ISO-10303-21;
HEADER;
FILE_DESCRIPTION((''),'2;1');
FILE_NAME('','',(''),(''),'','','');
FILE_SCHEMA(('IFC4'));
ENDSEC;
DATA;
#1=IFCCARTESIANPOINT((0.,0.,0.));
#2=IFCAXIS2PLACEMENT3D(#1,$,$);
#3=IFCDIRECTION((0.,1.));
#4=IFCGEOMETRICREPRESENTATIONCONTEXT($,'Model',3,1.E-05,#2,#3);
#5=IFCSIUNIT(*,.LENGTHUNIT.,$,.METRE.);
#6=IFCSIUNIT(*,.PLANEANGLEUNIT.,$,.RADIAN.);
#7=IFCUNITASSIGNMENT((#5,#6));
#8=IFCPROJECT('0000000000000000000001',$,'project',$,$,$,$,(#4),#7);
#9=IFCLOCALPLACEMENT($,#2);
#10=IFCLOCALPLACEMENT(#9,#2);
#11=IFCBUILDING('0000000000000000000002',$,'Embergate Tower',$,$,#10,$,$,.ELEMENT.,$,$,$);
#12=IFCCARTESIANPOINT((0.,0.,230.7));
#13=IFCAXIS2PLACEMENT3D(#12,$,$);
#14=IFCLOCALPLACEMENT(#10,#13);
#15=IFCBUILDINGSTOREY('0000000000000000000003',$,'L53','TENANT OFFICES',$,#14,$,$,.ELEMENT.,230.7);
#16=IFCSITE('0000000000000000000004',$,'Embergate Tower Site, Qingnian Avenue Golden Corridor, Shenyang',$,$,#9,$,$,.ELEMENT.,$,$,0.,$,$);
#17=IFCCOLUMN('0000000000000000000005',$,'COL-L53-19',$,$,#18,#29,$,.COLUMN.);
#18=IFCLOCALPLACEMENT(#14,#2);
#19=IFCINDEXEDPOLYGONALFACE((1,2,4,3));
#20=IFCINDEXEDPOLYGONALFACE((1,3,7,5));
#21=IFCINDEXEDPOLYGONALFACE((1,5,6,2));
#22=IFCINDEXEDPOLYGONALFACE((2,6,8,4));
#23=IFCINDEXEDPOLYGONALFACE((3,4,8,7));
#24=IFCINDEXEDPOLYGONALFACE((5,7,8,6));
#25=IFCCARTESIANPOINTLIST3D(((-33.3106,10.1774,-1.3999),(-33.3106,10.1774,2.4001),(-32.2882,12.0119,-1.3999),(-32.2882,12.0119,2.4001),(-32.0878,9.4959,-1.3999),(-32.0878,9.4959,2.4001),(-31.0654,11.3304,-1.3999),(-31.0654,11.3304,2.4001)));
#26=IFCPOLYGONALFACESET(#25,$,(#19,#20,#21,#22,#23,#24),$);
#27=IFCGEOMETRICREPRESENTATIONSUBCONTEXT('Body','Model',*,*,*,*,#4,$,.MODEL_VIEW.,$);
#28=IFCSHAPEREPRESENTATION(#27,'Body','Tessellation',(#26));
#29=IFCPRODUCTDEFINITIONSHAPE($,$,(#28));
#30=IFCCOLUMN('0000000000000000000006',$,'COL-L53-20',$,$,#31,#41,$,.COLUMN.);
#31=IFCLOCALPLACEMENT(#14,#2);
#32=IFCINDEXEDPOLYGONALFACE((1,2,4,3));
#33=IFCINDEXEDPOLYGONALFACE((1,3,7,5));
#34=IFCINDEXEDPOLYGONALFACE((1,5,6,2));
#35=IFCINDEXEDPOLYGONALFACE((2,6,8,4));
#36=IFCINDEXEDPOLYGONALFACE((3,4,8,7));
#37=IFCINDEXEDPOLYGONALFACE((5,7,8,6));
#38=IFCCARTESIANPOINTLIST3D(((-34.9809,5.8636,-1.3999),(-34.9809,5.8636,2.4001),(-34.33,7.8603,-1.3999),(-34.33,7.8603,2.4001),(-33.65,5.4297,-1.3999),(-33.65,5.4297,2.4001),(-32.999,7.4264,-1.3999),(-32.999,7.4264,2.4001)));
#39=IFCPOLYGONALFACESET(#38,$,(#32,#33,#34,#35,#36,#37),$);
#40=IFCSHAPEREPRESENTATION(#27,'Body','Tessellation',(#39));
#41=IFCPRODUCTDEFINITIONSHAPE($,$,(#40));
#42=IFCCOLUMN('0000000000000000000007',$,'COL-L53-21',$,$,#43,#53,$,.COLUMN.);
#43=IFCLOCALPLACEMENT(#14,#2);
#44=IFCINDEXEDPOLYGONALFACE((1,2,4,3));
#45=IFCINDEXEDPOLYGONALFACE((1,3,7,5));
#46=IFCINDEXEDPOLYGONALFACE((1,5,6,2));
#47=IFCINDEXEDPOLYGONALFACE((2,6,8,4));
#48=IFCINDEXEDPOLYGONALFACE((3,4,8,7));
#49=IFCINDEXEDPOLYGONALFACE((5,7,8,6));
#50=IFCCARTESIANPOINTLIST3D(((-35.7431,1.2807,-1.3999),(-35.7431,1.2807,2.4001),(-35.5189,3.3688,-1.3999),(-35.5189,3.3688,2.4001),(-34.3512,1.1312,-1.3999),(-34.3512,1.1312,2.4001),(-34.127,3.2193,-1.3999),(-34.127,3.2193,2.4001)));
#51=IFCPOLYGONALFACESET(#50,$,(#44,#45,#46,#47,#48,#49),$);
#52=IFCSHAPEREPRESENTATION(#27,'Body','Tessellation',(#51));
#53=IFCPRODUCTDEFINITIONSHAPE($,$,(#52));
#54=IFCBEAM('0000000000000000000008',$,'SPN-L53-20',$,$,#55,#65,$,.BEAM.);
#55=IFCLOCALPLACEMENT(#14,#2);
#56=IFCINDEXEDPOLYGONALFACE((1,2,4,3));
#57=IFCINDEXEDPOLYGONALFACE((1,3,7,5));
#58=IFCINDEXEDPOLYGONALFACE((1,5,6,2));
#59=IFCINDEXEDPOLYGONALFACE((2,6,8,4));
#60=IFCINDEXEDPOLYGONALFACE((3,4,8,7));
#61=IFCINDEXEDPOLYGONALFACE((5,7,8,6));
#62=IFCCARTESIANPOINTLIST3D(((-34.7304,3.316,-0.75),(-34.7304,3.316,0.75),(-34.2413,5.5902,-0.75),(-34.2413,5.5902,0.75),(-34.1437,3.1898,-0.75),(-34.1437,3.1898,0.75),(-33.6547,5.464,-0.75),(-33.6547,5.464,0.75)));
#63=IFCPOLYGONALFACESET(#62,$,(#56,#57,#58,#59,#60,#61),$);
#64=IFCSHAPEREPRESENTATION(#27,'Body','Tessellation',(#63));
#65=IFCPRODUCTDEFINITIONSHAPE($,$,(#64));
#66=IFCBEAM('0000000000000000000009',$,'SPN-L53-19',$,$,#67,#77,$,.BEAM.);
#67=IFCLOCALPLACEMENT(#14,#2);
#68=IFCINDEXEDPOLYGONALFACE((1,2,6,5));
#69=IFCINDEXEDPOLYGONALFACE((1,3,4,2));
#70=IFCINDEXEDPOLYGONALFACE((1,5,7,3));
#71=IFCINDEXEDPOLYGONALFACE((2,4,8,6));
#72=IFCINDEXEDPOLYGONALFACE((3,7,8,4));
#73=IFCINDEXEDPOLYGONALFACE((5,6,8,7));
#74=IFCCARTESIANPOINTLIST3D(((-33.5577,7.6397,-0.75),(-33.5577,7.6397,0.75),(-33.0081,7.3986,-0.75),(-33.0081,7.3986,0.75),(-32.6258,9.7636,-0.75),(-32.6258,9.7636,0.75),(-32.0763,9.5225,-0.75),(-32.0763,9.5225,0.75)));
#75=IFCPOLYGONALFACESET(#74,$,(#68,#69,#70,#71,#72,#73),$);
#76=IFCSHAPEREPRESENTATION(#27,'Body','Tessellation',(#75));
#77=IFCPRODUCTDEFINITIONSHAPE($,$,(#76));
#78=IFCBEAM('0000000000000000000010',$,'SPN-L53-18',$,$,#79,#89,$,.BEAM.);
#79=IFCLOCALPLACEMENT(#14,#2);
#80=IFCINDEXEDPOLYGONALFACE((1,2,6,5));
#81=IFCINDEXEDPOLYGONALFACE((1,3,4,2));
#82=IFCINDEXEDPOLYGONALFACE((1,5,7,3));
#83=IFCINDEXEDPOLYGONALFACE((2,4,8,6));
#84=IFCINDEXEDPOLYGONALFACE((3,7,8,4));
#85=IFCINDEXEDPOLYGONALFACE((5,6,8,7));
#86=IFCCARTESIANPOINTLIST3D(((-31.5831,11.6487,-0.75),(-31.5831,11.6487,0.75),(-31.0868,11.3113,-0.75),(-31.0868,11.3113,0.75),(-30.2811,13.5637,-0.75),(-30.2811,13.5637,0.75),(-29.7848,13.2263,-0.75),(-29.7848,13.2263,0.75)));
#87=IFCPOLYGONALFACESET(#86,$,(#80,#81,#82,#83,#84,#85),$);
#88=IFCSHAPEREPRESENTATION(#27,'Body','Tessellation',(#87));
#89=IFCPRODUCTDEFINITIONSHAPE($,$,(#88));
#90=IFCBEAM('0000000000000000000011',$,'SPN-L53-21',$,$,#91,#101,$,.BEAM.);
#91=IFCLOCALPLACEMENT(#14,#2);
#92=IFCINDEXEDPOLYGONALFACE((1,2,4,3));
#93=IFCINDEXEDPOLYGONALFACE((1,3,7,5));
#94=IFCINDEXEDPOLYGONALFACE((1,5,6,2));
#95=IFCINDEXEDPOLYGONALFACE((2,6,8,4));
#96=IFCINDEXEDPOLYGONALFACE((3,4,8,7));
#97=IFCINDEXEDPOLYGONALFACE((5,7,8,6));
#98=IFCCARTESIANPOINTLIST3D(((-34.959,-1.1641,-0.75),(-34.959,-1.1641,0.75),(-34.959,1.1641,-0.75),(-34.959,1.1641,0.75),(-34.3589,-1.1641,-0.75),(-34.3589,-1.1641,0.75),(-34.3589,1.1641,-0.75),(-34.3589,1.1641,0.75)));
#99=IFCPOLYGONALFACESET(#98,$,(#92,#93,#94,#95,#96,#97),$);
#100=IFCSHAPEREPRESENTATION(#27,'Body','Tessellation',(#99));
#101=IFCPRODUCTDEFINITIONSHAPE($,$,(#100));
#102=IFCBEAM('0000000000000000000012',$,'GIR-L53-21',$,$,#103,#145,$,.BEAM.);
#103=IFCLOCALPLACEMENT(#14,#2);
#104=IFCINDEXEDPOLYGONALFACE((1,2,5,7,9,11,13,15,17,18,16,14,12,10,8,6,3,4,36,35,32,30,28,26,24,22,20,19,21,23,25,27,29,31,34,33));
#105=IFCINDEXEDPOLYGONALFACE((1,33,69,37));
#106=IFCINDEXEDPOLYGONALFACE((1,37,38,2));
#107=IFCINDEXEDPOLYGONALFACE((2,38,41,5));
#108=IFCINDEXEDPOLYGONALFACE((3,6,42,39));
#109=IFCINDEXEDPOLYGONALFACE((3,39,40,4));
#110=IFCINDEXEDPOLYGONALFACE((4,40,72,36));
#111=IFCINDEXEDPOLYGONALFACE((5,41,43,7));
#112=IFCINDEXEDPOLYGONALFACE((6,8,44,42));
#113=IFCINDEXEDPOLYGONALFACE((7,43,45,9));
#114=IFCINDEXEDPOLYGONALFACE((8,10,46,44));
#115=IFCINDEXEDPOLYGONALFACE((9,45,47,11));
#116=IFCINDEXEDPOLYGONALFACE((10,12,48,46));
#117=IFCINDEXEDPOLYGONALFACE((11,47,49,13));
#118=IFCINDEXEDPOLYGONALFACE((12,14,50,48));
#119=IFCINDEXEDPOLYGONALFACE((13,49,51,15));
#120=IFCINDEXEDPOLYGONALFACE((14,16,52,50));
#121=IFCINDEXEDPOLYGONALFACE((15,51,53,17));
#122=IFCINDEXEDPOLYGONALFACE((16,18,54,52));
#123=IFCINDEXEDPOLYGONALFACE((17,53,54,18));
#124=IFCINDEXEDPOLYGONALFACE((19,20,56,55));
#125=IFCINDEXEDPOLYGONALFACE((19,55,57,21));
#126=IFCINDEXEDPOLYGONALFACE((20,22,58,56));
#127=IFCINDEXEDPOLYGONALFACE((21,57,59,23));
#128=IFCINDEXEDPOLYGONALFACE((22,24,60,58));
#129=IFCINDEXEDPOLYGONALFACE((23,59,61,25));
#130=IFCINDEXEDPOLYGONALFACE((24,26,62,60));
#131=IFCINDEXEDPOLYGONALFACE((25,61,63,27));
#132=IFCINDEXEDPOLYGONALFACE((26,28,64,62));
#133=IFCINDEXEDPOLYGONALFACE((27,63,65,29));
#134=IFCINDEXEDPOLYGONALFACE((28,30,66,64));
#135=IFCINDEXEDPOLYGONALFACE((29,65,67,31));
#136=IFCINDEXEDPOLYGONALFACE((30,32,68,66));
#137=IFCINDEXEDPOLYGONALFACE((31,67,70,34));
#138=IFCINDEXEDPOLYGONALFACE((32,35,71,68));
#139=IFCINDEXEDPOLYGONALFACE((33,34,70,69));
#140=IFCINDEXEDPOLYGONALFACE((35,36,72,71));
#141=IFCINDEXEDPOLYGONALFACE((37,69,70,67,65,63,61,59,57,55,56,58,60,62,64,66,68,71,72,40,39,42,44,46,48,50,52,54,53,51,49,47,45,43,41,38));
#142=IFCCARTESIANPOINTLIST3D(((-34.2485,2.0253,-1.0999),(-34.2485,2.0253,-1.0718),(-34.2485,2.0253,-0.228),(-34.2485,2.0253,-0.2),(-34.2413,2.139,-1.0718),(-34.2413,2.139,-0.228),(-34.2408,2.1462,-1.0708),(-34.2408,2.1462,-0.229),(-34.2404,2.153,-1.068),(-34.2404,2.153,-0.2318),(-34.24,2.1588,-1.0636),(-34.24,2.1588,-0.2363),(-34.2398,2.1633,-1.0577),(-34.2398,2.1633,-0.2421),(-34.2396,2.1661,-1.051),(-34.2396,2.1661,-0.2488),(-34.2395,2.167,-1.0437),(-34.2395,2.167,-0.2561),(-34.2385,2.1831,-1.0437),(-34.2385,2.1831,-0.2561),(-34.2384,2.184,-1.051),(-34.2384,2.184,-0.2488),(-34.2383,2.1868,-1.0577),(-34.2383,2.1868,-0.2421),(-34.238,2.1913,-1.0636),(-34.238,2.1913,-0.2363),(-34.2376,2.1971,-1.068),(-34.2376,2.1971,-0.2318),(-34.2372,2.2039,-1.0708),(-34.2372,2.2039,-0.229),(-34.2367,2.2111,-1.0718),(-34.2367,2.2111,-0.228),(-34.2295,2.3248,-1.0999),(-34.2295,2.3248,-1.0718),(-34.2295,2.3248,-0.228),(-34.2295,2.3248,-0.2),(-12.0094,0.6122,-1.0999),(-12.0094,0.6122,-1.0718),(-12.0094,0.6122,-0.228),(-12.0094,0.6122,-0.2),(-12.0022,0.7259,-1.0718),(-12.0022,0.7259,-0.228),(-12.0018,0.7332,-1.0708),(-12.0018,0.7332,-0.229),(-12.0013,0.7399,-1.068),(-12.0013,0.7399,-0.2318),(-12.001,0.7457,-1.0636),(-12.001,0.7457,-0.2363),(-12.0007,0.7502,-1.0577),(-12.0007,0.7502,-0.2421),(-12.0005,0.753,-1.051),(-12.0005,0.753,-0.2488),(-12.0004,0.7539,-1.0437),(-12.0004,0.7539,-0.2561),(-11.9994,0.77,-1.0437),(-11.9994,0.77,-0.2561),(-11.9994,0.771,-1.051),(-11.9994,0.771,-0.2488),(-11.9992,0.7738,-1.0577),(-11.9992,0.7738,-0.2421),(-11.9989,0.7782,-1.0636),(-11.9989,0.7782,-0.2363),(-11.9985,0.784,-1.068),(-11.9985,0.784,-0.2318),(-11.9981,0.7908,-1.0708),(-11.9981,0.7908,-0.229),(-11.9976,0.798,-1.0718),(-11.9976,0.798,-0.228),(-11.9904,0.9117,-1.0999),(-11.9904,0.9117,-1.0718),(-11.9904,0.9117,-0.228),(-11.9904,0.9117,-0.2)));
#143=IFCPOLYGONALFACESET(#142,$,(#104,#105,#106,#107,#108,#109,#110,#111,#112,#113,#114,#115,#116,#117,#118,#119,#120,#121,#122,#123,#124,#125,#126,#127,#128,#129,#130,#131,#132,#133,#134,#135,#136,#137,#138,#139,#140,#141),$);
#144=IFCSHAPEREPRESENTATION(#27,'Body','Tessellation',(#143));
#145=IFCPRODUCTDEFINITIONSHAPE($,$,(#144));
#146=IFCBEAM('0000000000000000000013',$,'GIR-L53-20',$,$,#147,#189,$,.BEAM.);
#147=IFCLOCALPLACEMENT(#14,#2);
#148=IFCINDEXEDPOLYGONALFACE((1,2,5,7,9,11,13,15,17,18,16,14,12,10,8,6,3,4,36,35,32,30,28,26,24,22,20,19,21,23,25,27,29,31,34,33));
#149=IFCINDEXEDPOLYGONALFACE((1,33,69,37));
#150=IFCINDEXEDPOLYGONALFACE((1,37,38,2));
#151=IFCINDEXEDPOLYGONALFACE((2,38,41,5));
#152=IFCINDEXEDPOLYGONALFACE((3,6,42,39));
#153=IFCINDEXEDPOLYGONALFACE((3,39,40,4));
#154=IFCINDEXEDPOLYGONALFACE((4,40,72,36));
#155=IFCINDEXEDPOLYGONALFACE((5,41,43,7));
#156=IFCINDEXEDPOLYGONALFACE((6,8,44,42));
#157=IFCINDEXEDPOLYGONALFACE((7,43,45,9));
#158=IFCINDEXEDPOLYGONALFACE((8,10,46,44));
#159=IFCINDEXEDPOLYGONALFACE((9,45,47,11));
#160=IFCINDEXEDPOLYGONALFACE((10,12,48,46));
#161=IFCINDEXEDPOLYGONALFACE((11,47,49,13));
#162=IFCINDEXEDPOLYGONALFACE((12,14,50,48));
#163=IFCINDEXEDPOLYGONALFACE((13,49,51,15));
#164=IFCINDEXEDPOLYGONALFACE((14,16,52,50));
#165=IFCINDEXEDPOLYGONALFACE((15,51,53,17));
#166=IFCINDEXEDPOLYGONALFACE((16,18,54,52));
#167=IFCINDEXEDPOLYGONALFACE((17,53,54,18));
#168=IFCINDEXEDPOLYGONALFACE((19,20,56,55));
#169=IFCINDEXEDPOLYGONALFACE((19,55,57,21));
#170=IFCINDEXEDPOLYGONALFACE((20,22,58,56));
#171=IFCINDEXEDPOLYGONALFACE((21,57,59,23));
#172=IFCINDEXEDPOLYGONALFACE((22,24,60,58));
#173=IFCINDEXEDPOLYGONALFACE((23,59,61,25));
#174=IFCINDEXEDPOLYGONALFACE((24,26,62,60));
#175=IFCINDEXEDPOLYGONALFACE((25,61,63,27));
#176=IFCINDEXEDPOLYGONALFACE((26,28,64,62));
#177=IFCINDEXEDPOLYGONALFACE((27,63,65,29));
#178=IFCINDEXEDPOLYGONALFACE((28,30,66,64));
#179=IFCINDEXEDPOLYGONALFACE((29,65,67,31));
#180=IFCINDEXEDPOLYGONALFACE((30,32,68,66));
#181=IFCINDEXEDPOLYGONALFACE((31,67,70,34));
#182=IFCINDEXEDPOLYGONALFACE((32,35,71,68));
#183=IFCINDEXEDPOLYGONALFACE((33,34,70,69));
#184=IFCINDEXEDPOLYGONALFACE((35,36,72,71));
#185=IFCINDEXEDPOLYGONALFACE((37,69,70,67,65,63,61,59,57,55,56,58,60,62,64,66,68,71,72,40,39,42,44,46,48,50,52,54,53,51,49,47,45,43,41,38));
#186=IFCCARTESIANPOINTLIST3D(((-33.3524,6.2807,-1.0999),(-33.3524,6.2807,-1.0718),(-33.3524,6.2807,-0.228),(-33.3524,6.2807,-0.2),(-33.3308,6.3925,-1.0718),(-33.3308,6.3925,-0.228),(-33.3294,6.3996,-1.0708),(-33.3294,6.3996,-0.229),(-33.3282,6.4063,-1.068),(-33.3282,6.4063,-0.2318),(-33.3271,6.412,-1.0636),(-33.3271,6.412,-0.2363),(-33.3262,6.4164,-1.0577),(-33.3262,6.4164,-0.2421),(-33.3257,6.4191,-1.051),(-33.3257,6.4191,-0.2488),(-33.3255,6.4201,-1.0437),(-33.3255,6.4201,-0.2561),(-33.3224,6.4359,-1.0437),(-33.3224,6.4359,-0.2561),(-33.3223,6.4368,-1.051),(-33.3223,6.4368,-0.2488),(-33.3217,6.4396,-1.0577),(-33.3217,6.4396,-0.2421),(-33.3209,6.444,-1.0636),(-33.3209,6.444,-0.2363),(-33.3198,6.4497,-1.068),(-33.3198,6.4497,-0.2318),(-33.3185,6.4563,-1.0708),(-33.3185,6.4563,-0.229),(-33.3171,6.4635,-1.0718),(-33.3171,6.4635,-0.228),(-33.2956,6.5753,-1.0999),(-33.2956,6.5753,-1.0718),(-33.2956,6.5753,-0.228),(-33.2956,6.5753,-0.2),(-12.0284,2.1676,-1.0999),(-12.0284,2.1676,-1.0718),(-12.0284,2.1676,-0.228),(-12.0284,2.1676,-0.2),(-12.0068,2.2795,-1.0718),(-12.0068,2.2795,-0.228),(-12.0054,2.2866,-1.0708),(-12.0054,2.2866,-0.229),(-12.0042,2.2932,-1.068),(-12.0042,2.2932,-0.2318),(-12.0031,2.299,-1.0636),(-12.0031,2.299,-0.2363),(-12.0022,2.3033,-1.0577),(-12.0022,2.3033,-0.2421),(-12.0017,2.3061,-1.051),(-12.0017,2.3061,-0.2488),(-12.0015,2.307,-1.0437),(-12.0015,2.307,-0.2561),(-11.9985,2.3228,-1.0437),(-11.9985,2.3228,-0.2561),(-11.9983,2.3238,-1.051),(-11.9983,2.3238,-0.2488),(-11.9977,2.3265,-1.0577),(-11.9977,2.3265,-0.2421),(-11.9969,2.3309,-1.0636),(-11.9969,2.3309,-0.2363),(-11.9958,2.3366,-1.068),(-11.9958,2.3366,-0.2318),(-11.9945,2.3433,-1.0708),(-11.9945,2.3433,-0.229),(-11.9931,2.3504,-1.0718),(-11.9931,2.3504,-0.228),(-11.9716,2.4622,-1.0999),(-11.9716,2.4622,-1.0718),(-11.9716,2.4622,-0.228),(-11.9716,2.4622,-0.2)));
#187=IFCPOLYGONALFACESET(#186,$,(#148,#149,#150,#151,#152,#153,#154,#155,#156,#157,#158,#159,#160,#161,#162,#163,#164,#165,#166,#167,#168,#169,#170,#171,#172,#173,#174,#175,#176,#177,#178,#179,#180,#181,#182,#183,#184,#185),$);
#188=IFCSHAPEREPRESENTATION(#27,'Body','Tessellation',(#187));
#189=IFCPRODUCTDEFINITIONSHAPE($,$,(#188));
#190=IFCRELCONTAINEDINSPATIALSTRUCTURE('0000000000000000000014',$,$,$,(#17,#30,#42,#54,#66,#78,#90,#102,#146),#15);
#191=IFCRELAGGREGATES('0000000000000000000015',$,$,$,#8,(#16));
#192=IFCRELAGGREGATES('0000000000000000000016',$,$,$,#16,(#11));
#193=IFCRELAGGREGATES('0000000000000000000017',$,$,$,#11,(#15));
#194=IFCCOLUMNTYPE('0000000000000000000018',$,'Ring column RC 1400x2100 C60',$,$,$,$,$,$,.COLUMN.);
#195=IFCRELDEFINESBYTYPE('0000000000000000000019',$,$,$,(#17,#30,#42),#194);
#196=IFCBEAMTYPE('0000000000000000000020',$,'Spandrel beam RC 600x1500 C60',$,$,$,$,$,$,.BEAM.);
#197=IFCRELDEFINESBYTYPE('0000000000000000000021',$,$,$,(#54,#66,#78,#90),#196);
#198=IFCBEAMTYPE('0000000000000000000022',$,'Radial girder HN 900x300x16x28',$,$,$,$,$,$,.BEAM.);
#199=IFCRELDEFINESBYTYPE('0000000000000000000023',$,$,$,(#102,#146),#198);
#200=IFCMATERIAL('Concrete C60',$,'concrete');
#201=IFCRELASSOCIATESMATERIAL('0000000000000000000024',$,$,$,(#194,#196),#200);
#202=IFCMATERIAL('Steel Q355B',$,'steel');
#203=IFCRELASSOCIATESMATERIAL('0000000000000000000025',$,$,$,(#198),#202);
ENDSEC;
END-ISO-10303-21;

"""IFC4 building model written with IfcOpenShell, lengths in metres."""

from ifc_helpers import new_model, si_unit, direction, frame, origin, origin_2d, place, context, subcontext, project, spatial, rectangle, i_section, extrude, source, transform, mapped, material, material_profile, profile_set, type_object, element, save


model = new_model("IFC4")

# Units and contexts
model_context = context("Model", 3, precision=1e-05, world=origin(), true_north=direction((0.0, 1.0)))
body_context = subcontext(model_context, "Body", "Model", "MODEL_VIEW")
ifc_project = project(units=[si_unit("LENGTHUNIT", "METRE"), si_unit("PLANEANGLEUNIT", "RADIAN")], contexts=[model_context])

# Site, building, storey
site_placement = place(None, origin())
site = spatial("IfcSite", under=ifc_project, at=site_placement, Name="Embergate Tower Site, Qingnian Avenue Golden Corridor, Shenyang", CompositionType="ELEMENT", RefElevation=0.0)
building_placement = place(site_placement, origin())
building = spatial("IfcBuilding", under=site, at=building_placement, Name="Embergate Tower", CompositionType="ELEMENT")
storey_placement = place(building_placement, frame((0.0, 0.0, 230.7)))
storey = spatial("IfcBuildingStorey", under=building, at=storey_placement, Name="L53", Description="TENANT OFFICES", CompositionType="ELEMENT", Elevation=230.7)

# Columns
ifc_material_1 = material(Name="Concrete C60", Category="concrete")
ifc_material_profile_1 = material_profile(ifc_material_1, rectangle(XDim=1.3999, YDim=2.1001, at=origin_2d()), Name="RC 1400x2100")
ifc_profile_set_1 = profile_set([ifc_material_profile_1], Name="Concrete C60")
column_type = type_object("IfcColumnType", Name="Ring column RC 1400x2100 C60", PredefinedType="COLUMN", material=ifc_profile_set_1)
shared_shape_1 = source(origin(), body_context, "Body", "SweptSolid", [
    extrude(rectangle(XDim=1.3999, YDim=2.1001, at=origin_2d()), origin(), (0.0, 0.0, 1.0), 3.8),
])
for number, where, z_axis, x_axis, name in (
    (1, (-32.188, 10.7539, -1.3999), (0.0, 0.0, 1.0), (-0.8735, 0.486823, 0.0), "COL-L53-19"),
    (2, (-33.99, 6.645, -1.3999), (0.0, 0.0, 1.0), (-0.950754, 0.309946, 0.0), "COL-L53-20"),
    (3, (-34.9351, 2.25, -1.3999), (0.0, 0.0, 1.0), (-0.994286, 0.10675, 0.0), "COL-L53-21"),
):
    element("IfcColumn", number, at=place(storey_placement, frame(where, z_axis=z_axis, x_axis=x_axis)), inside=storey, type_object=column_type, Name=name, PredefinedType="COLUMN", context=body_context, shape_type="MappedRepresentation", body=[
        mapped(shared_shape_1, transform((0.0, 0.0, 0.0))),
    ])

# Beams
ifc_material_profile_2 = material_profile(ifc_material_1, rectangle(XDim=0.6001, YDim=1.5, at=origin_2d()), Name="RC 600x1500")
ifc_profile_set_2 = profile_set([ifc_material_profile_2], Name="Concrete C60")
beam_type_1 = type_object("IfcBeamType", Name="Spandrel beam RC 600x1500 C60", PredefinedType="BEAM", material=ifc_profile_set_2)
shared_shape_2 = source(origin(), body_context, "Body", "SweptSolid", [
    extrude(rectangle(XDim=0.6001, YDim=1.5, at=origin_2d()), origin(), (0.0, 0.0, 1.0), 2.3262),
])
beam_1_placement = place(storey_placement, frame((-33.948, 5.5271, 0.0), z_axis=(-0.210224, -0.977653, 0.0), x_axis=(0.977653, -0.210224, 0.0)))
element("IfcBeam", 4, at=beam_1_placement, inside=storey, type_object=beam_type_1, Name="SPN-L53-20", PredefinedType="BEAM", context=body_context, shape_type="MappedRepresentation", body=[
    mapped(shared_shape_2, transform((0.0, 0.0, 0.0))),
])
shared_shape_3 = source(origin(), body_context, "Body", "SweptSolid", [
    extrude(rectangle(XDim=0.6001, YDim=1.5, at=origin_2d()), origin(), (0.0, 0.0, 1.0), 2.3193),
])
beam_2_placement = place(storey_placement, frame((-32.3511, 9.6431, 0.0), z_axis=(-0.401768, -0.915741, 0.0), x_axis=(0.915741, -0.401768, 0.0)))
element("IfcBeam", 5, at=beam_2_placement, inside=storey, type_object=beam_type_1, Name="SPN-L53-19", PredefinedType="BEAM", context=body_context, shape_type="MappedRepresentation", body=[
    mapped(shared_shape_3, transform((0.0, 0.0, 0.0))),
])
shared_shape_4 = source(origin(), body_context, "Body", "SweptSolid", [
    extrude(rectangle(XDim=0.6001, YDim=1.5, at=origin_2d()), origin(), (0.0, 0.0, 1.0), 2.3157),
])
beam_3_placement = place(storey_placement, frame((-30.033, 13.395, 0.0), z_axis=(-0.562244, -0.826972, 0.0), x_axis=(0.826972, -0.562244, 0.0)))
element("IfcBeam", 6, at=beam_3_placement, inside=storey, type_object=beam_type_1, Name="SPN-L53-18", PredefinedType="BEAM", context=body_context, shape_type="MappedRepresentation", body=[
    mapped(shared_shape_4, transform((0.0, 0.0, 0.0))),
])
shared_shape_5 = source(origin(), body_context, "Body", "SweptSolid", [
    extrude(rectangle(XDim=0.6001, YDim=1.5, at=origin_2d()), origin(), (0.0, 0.0, 1.0), 2.3281),
])
beam_4_placement = place(storey_placement, frame((-34.6589, 1.1641, 0.0), z_axis=(0.0, -1.0, 0.0), x_axis=(1.0, 0.0, 0.0)))
element("IfcBeam", 7, at=beam_4_placement, inside=storey, type_object=beam_type_1, Name="SPN-L53-21", PredefinedType="BEAM", context=body_context, shape_type="MappedRepresentation", body=[
    mapped(shared_shape_5, transform((0.0, 0.0, 0.0))),
])
ifc_material_2 = material(Name="Steel Q355B", Category="steel")
ifc_material_profile_3 = material_profile(ifc_material_2, i_section(OverallWidth=0.3, OverallDepth=0.8999, WebThickness=0.0161, FlangeThickness=0.0281, FilletRadius=0.0281, at=origin_2d()), Name="HN 900x300x16x28")
ifc_profile_set_3 = profile_set([ifc_material_profile_3], Name="Steel Q355 grade B")
beam_type_2 = type_object("IfcBeamType", Name="Radial girder HN 900x300x16x28", PredefinedType="BEAM", material=ifc_profile_set_3)
shared_shape_6 = source(origin(), body_context, "Body", "SweptSolid", [
    extrude(i_section(OverallWidth=0.3, OverallDepth=0.8999, WebThickness=0.0161, FlangeThickness=0.0281, FilletRadius=0.0281, at=origin_2d()), origin(), (0.0, 0.0, 1.0), 22.2839),
])
beam_5_placement = place(storey_placement, frame((-34.239, 2.175, -0.6499), z_axis=(0.997987, -0.063413, 0.0), x_axis=(0.063413, 0.997987, 0.0)))
element("IfcBeam", 8, at=beam_5_placement, inside=storey, type_object=beam_type_2, Name="GIR-L53-21", PredefinedType="BEAM", context=body_context, shape_type="MappedRepresentation", body=[
    mapped(shared_shape_6, transform((0.0, 0.0, 0.0))),
])
shared_shape_7 = source(origin(), body_context, "Body", "SweptSolid", [
    extrude(i_section(OverallWidth=0.3, OverallDepth=0.8999, WebThickness=0.0161, FlangeThickness=0.0281, FilletRadius=0.0281, at=origin_2d()), origin(), (0.0, 0.0, 1.0), 21.717),
])
beam_6_placement = place(storey_placement, frame((-33.324, 6.428, -0.6499), z_axis=(0.981901, -0.189392, 0.0), x_axis=(0.189392, 0.981901, 0.0)))
element("IfcBeam", 9, at=beam_6_placement, inside=storey, type_object=beam_type_2, Name="GIR-L53-20", PredefinedType="BEAM", context=body_context, shape_type="MappedRepresentation", body=[
    mapped(shared_shape_7, transform((0.0, 0.0, 0.0))),
])

save(model, "model.ifc")
